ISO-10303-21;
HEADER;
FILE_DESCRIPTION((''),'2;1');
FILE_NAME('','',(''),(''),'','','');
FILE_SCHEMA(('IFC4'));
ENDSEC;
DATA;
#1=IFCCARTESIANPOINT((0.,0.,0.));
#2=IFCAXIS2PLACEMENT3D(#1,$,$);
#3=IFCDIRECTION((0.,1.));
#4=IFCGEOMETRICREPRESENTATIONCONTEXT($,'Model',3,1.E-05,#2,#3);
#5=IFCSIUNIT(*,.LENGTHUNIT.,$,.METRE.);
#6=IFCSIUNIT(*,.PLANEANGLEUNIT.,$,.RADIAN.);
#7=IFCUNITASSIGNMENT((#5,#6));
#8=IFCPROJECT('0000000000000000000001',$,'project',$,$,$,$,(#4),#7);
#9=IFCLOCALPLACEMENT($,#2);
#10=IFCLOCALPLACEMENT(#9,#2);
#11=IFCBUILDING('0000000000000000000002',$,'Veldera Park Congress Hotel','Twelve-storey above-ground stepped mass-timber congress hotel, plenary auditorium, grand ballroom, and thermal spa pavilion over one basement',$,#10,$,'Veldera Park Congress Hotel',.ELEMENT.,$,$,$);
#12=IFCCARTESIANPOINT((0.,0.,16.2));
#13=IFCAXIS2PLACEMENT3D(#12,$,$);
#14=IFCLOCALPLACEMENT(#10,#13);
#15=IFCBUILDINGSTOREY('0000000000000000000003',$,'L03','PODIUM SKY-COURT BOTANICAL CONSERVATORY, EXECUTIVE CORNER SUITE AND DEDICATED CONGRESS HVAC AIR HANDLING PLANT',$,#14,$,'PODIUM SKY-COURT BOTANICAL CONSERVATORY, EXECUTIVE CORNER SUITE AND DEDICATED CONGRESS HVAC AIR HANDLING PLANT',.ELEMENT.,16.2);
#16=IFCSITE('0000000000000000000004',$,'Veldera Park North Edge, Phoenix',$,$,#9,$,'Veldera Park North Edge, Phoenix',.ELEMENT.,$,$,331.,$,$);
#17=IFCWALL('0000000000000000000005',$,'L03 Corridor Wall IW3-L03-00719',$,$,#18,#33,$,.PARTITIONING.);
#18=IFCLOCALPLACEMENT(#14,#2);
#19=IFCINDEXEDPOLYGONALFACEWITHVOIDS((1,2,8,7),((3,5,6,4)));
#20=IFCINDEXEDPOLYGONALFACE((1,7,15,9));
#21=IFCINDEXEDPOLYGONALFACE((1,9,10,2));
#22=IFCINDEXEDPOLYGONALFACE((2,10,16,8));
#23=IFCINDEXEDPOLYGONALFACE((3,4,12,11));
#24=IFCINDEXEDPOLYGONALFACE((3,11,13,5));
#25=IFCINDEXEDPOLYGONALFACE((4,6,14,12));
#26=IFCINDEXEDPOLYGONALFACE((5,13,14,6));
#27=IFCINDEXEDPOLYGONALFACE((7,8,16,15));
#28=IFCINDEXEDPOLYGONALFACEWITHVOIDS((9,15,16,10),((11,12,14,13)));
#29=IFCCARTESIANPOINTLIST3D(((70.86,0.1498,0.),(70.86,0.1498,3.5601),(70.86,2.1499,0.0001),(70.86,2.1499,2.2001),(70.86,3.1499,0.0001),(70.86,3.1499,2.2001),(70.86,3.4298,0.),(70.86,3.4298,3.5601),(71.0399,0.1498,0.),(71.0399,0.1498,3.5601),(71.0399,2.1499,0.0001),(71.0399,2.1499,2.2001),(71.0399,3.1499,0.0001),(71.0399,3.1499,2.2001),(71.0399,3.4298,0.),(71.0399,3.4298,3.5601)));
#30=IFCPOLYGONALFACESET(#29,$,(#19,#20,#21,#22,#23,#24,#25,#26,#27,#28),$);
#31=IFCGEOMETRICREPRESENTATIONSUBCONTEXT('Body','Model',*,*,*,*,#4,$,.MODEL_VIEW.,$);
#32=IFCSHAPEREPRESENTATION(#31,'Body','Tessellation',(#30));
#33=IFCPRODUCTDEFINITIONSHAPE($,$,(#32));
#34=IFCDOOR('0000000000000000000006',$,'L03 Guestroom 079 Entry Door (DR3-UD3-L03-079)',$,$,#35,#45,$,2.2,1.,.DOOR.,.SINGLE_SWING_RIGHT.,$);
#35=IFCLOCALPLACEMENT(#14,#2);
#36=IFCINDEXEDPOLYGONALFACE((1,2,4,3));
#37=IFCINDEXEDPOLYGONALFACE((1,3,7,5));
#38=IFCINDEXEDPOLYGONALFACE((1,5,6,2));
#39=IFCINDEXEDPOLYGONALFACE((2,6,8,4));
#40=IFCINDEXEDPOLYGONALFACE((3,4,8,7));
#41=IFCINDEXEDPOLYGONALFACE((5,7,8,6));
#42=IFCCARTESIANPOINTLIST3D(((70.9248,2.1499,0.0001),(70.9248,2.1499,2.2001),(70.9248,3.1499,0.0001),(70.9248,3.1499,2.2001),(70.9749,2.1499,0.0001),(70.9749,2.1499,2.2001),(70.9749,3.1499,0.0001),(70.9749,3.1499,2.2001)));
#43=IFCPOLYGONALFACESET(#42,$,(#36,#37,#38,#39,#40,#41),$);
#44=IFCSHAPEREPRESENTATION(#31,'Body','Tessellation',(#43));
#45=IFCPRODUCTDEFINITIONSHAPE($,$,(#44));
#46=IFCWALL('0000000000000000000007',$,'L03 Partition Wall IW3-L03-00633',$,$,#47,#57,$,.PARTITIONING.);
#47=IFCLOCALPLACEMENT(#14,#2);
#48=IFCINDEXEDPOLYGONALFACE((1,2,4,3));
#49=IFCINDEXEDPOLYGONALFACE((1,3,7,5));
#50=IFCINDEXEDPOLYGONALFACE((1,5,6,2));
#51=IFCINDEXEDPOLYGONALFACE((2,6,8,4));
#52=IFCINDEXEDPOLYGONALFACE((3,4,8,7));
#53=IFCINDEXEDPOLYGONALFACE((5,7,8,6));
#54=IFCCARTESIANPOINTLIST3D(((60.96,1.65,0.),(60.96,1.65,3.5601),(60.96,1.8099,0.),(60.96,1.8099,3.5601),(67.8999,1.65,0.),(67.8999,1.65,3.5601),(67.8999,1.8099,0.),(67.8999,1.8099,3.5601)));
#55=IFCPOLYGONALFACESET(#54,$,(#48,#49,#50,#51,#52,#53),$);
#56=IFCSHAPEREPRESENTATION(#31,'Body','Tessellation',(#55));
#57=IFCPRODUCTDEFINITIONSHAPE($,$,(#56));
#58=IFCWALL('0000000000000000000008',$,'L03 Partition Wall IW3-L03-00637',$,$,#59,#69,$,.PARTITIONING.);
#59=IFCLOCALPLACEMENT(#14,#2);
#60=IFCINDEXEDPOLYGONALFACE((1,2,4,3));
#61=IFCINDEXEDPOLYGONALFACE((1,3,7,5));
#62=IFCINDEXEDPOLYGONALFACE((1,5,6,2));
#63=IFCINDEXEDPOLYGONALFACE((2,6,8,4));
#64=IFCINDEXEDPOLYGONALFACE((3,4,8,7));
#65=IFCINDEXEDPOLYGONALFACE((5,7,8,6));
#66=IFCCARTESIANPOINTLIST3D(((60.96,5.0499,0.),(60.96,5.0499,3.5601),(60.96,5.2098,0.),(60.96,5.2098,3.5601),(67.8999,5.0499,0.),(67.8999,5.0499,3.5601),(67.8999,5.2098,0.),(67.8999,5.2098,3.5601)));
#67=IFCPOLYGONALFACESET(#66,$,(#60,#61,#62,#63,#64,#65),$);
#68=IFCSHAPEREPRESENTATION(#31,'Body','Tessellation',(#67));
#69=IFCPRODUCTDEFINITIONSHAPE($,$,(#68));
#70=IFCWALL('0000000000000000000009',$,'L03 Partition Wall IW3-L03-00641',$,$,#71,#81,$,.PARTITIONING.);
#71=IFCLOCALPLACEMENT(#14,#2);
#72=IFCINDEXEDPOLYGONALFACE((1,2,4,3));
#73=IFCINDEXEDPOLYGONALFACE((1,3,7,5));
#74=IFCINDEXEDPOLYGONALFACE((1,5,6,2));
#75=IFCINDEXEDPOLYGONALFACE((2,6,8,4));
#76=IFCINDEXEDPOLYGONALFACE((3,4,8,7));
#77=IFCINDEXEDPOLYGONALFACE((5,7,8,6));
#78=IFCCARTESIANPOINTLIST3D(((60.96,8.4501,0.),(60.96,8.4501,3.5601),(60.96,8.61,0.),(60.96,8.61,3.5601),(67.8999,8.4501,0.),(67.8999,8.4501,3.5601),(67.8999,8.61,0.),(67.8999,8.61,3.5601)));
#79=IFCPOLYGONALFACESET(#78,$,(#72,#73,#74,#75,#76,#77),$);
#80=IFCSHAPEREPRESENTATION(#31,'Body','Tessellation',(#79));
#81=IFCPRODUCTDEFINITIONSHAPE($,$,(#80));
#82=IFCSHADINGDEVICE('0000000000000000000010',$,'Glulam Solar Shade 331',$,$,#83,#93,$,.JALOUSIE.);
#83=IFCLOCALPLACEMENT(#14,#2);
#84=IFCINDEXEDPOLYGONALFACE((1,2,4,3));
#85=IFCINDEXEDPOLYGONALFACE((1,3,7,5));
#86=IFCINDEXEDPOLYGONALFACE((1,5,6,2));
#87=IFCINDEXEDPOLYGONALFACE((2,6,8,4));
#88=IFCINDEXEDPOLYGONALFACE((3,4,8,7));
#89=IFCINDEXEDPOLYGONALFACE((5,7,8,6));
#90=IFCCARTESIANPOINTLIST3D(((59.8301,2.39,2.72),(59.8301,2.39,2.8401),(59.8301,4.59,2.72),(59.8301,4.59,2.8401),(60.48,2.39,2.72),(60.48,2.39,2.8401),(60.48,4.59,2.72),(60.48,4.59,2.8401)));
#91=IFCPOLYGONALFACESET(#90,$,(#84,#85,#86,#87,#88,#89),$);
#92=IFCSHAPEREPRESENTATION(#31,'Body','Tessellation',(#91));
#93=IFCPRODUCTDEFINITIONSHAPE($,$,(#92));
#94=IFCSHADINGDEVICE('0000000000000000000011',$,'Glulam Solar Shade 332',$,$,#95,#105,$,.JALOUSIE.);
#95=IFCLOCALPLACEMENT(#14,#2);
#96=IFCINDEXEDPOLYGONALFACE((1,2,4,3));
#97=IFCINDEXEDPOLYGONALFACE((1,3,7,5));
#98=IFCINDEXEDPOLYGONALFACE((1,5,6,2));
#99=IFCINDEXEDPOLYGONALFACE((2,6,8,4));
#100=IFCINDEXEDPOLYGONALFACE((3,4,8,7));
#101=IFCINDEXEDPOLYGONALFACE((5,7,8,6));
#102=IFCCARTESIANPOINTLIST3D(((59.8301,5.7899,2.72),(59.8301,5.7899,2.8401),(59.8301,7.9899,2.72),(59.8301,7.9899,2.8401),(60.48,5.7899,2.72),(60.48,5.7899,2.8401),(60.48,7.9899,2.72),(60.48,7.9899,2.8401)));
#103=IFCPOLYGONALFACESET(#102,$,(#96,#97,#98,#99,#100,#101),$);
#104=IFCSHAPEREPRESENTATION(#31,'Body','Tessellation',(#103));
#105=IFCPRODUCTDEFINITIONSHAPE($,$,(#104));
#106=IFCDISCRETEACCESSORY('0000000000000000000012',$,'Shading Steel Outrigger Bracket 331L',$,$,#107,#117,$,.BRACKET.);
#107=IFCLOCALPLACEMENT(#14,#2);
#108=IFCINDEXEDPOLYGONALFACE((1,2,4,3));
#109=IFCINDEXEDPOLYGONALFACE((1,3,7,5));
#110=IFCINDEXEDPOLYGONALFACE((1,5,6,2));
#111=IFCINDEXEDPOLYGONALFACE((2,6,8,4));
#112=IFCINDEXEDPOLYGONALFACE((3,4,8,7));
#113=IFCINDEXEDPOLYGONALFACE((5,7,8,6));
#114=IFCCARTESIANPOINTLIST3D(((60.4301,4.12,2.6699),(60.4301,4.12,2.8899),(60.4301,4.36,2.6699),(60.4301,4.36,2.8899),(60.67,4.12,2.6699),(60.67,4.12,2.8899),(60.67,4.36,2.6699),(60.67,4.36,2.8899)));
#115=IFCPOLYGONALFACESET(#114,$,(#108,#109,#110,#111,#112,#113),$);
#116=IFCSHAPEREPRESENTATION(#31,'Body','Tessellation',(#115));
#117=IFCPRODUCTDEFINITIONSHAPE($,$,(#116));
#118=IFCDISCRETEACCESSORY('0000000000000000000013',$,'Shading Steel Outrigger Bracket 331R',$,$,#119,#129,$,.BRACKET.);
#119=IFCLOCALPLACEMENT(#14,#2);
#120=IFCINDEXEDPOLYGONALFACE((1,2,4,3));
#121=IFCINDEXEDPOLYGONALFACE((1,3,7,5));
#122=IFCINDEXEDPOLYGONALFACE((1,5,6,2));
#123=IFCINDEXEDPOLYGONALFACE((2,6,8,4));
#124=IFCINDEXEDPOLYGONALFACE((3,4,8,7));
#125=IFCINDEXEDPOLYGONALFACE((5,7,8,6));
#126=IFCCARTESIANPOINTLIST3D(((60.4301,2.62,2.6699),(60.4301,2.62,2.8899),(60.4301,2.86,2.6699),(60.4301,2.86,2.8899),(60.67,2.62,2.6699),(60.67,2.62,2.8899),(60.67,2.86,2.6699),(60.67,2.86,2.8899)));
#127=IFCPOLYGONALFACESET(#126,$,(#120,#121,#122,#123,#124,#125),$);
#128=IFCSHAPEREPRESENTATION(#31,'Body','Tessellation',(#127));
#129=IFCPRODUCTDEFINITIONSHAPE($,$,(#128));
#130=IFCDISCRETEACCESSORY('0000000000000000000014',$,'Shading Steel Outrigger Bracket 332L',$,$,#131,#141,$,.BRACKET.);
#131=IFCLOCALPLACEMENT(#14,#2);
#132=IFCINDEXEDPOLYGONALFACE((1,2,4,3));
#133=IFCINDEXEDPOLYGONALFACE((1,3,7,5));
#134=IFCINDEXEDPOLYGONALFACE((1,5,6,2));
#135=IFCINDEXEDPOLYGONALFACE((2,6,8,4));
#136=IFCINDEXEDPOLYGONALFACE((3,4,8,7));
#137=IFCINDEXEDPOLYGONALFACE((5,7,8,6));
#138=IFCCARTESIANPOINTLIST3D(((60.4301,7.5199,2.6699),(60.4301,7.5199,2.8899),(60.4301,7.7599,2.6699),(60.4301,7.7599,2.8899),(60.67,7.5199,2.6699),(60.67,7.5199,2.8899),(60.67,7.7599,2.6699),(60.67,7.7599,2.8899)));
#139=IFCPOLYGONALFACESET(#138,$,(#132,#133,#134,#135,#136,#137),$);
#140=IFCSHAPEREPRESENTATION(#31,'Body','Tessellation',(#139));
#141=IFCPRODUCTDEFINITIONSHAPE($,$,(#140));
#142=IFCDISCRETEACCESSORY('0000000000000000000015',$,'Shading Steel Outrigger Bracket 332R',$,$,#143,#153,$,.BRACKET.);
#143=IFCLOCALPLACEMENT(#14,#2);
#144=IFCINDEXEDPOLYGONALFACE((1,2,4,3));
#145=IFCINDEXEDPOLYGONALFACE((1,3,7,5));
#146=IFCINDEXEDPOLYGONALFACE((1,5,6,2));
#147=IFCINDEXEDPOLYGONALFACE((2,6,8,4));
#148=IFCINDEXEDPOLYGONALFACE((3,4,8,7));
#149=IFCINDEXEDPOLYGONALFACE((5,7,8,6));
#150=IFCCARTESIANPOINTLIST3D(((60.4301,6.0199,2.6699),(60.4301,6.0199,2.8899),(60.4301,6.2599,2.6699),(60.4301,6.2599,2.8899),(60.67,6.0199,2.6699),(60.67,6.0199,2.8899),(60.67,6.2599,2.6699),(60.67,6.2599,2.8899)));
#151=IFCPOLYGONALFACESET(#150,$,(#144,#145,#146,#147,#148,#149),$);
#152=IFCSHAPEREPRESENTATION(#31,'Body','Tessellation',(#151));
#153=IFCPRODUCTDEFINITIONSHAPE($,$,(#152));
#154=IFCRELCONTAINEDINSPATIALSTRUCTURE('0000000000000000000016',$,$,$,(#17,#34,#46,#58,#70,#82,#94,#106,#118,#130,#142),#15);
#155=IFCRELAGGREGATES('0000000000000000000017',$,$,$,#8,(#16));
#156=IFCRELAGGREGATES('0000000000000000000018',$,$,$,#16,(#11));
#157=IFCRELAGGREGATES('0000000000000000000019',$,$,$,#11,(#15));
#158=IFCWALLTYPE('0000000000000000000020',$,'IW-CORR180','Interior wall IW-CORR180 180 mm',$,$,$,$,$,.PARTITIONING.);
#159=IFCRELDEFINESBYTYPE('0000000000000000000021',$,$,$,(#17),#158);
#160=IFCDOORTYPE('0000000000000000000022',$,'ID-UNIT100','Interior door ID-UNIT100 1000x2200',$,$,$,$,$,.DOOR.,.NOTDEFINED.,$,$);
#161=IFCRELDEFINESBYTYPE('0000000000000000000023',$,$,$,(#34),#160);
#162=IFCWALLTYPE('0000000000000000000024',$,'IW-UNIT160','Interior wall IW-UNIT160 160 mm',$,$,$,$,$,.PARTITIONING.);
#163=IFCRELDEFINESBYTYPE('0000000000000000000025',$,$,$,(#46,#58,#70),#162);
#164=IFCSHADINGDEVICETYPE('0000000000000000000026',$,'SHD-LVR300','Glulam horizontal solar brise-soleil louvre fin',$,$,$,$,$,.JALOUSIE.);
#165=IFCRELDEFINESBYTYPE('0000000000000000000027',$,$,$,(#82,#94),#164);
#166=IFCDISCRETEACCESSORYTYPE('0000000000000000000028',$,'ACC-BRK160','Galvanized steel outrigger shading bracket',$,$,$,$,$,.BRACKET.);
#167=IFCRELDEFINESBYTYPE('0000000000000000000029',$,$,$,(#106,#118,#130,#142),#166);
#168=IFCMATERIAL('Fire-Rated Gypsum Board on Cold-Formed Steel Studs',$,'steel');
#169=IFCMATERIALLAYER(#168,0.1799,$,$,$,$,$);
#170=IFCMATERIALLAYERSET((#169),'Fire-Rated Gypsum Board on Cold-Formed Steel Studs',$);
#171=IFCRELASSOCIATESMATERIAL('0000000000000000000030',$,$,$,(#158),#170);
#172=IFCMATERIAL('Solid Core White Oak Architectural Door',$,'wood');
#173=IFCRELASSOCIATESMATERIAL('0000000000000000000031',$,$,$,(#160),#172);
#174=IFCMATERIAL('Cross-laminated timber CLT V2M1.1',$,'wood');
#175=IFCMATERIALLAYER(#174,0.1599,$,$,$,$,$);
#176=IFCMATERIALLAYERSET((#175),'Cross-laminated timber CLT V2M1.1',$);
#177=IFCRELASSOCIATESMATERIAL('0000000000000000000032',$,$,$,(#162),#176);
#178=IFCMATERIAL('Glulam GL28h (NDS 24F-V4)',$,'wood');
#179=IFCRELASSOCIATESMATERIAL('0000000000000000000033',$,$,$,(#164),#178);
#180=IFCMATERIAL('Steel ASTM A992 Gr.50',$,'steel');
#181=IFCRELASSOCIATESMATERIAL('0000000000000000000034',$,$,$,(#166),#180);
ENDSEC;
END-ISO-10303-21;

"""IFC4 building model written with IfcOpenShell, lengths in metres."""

from ifc_helpers import new_model, si_unit, direction, frame, frame_2d, origin, origin_2d, place, context, subcontext, project, spatial, rectangle, extrude, material, layer, layer_set, type_object, element, fill, save


model = new_model("IFC4")

# Units and contexts
model_context = context("Model", 3, precision=1e-05, world=origin(), true_north=direction((0.0, 1.0)))
body_context = subcontext(model_context, "Body", "Model", "MODEL_VIEW")
ifc_project = project(units=[si_unit("LENGTHUNIT", "METRE"), si_unit("PLANEANGLEUNIT", "RADIAN")], contexts=[model_context])

# Site, building, storey
site_placement = place(None, origin())
site = spatial("IfcSite", under=ifc_project, at=site_placement, Name="Veldera Park North Edge, Phoenix", LongName="Veldera Park North Edge, Phoenix", CompositionType="ELEMENT", RefElevation=331.0)
building_placement = place(site_placement, origin())
building = spatial("IfcBuilding", under=site, at=building_placement, Name="Veldera Park Congress Hotel", Description="Twelve-storey above-ground stepped mass-timber congress hotel, plenary auditorium, grand ballroom, and thermal spa pavilion over one basement", LongName="Veldera Park Congress Hotel", CompositionType="ELEMENT")
storey_placement = place(building_placement, frame((0.0, 0.0, 16.2)))
storey = spatial("IfcBuildingStorey", under=building, at=storey_placement, Name="L03", Description="PODIUM SKY-COURT BOTANICAL CONSERVATORY, EXECUTIVE CORNER SUITE AND DEDICATED CONGRESS HVAC AIR HANDLING PLANT", LongName="PODIUM SKY-COURT BOTANICAL CONSERVATORY, EXECUTIVE CORNER SUITE AND DEDICATED CONGRESS HVAC AIR HANDLING PLANT", CompositionType="ELEMENT", Elevation=16.2)

# Shared definitions
ifc_material_1 = material(Name="Glulam GL28h (NDS 24F-V4)", Category="wood")

# Shared definitions
ifc_material_2 = material(Name="Fire-Rated Gypsum Board on Cold-Formed Steel Studs", Category="steel")
ifc_material_3 = material(Name="Solid Core White Oak Architectural Door", Category="wood")

# Wall, opening, door
ifc_layer_1 = layer(ifc_material_2, 0.1799)
ifc_layer_set_1 = layer_set([ifc_layer_1], Name="Fire-Rated Gypsum Board on Cold-Formed Steel Studs")
wall_type_1 = type_object("IfcWallType", Name="IW-CORR180", Description="Interior wall IW-CORR180 180 mm", PredefinedType="PARTITIONING", material=ifc_layer_set_1)
door_type_1 = type_object("IfcDoorType", Name="ID-UNIT100", Description="Interior door ID-UNIT100 1000x2200", OperationType="NOTDEFINED", PredefinedType="DOOR", material=ifc_material_3)
wall_1_placement = place(storey_placement, frame((70.95, 3.4299, 0.0), z_axis=(0.0, 0.0, 1.0), x_axis=(0.0, -1.0, 0.0)))
wall_1 = element("IfcWall", 1, at=wall_1_placement, inside=storey, type_object=wall_type_1, Name="L03 Corridor Wall IW3-L03-00719", PredefinedType="PARTITIONING", context=body_context, shape_type="SweptSolid", body=[
    extrude(rectangle(XDim=3.28, YDim=0.1799, at=frame_2d((1.6401, 0.0))), origin(), (0.0, 0.0, 1.0), 3.5601),
])
opening_1_placement = place(wall_1_placement, frame((0.28, 0.0, 0.0)))
opening_1 = element("IfcOpeningElement", 2, at=opening_1_placement, cuts=wall_1, PredefinedType="OPENING", context=body_context, shape_type="SweptSolid", body=[
    extrude(rectangle(XDim=1.0, YDim=2.2, at=frame_2d((0.5, 1.1001))), frame((0.0, 0.1021, 0.0), z_axis=(0.0, -1.0, 0.0), x_axis=(1.0, 0.0, 0.0)), (0.0, 0.0, 1.0), 0.2039),
])
door_1_placement = place(opening_1_placement, origin())
door_1 = element("IfcDoor", 3, at=door_1_placement, inside=storey, type_object=door_type_1, Name="L03 Guestroom 079 Entry Door (DR3-UD3-L03-079)", OperationType="SINGLE_SWING_RIGHT", OverallHeight=2.2, OverallWidth=1.0, PredefinedType="DOOR", context=body_context, shape_type="SweptSolid", body=[
    extrude(rectangle(XDim=1.0, YDim=2.2, at=frame_2d((0.5, 1.1001))), frame((0.0, 0.0249, 0.0), z_axis=(0.0, -1.0, 0.0), x_axis=(1.0, 0.0, 0.0)), (0.0, 0.0, 1.0), 0.05),
])
fill(opening_1, door_1)

# Walls
ifc_material_4 = material(Name="Cross-laminated timber CLT V2M1.1", Category="wood")
ifc_layer_2 = layer(ifc_material_4, 0.1599)
ifc_layer_set_2 = layer_set([ifc_layer_2], Name="Cross-laminated timber CLT V2M1.1")
wall_type_2 = type_object("IfcWallType", Name="IW-UNIT160", Description="Interior wall IW-UNIT160 160 mm", PredefinedType="PARTITIONING", material=ifc_layer_set_2)
for number, where, z_axis, x_axis, name in (
    (4, (60.96, 1.73, 0.0), (0.0, 0.0, 1.0), (1.0, 0.0, 0.0), "L03 Partition Wall IW3-L03-00633"),
    (5, (60.96, 5.1299, 0.0), (0.0, 0.0, 1.0), (1.0, 0.0, 0.0), "L03 Partition Wall IW3-L03-00637"),
    (6, (60.96, 8.53, 0.0), (0.0, 0.0, 1.0), (1.0, 0.0, 0.0), "L03 Partition Wall IW3-L03-00641"),
):
    element("IfcWall", number, at=place(storey_placement, frame(where, z_axis=z_axis, x_axis=x_axis)), inside=storey, type_object=wall_type_2, Name=name, PredefinedType="PARTITIONING", context=body_context, shape_type="SweptSolid", body=[
        extrude(rectangle(XDim=6.9399, YDim=0.1599, at=frame_2d((3.47, 0.0))), origin(), (0.0, 0.0, 1.0), 3.5601),
    ])

# Shading devices
shading_device_type = type_object("IfcShadingDeviceType", Name="SHD-LVR300", Description="Glulam horizontal solar brise-soleil louvre fin", PredefinedType="JALOUSIE", material=ifc_material_1)
for number, where, z_axis, x_axis, name in (
    (7, (60.155, 3.49, 2.72), (0.0, 0.0, 1.0), (0.0, -1.0, 0.0), "Glulam Solar Shade 331"),
    (8, (60.155, 6.8899, 2.72), (0.0, 0.0, 1.0), (0.0, -1.0, 0.0), "Glulam Solar Shade 332"),
):
    element("IfcShadingDevice", number, at=place(storey_placement, frame(where, z_axis=z_axis, x_axis=x_axis)), inside=storey, type_object=shading_device_type, Name=name, PredefinedType="JALOUSIE", context=body_context, shape_type="SweptSolid", body=[
        extrude(rectangle(XDim=2.2, YDim=0.6499, at=origin_2d()), origin(), (0.0, 0.0, 1.0), 0.1201),
    ])

# Discrete accessories
ifc_material_5 = material(Name="Steel ASTM A992 Gr.50", Category="steel")
discrete_accessory_type = type_object("IfcDiscreteAccessoryType", Name="ACC-BRK160", Description="Galvanized steel outrigger shading bracket", PredefinedType="BRACKET", material=ifc_material_5)
for number, where, z_axis, x_axis, name in (
    (9, (60.55, 4.24, 2.6699), (0.0, 0.0, 1.0), (0.0, -1.0, 0.0), "Shading Steel Outrigger Bracket 331L"),
    (10, (60.55, 2.74, 2.6699), (0.0, 0.0, 1.0), (0.0, -1.0, 0.0), "Shading Steel Outrigger Bracket 331R"),
    (11, (60.55, 7.6399, 2.6699), (0.0, 0.0, 1.0), (0.0, -1.0, 0.0), "Shading Steel Outrigger Bracket 332L"),
    (12, (60.55, 6.1399, 2.6699), (0.0, 0.0, 1.0), (0.0, -1.0, 0.0), "Shading Steel Outrigger Bracket 332R"),
):
    element("IfcDiscreteAccessory", number, at=place(storey_placement, frame(where, z_axis=z_axis, x_axis=x_axis)), inside=storey, type_object=discrete_accessory_type, Name=name, PredefinedType="BRACKET", context=body_context, shape_type="SweptSolid", body=[
        extrude(rectangle(XDim=0.24, YDim=0.24, at=origin_2d()), origin(), (0.0, 0.0, 1.0), 0.22),
    ])

save(model, "model.ifc")
